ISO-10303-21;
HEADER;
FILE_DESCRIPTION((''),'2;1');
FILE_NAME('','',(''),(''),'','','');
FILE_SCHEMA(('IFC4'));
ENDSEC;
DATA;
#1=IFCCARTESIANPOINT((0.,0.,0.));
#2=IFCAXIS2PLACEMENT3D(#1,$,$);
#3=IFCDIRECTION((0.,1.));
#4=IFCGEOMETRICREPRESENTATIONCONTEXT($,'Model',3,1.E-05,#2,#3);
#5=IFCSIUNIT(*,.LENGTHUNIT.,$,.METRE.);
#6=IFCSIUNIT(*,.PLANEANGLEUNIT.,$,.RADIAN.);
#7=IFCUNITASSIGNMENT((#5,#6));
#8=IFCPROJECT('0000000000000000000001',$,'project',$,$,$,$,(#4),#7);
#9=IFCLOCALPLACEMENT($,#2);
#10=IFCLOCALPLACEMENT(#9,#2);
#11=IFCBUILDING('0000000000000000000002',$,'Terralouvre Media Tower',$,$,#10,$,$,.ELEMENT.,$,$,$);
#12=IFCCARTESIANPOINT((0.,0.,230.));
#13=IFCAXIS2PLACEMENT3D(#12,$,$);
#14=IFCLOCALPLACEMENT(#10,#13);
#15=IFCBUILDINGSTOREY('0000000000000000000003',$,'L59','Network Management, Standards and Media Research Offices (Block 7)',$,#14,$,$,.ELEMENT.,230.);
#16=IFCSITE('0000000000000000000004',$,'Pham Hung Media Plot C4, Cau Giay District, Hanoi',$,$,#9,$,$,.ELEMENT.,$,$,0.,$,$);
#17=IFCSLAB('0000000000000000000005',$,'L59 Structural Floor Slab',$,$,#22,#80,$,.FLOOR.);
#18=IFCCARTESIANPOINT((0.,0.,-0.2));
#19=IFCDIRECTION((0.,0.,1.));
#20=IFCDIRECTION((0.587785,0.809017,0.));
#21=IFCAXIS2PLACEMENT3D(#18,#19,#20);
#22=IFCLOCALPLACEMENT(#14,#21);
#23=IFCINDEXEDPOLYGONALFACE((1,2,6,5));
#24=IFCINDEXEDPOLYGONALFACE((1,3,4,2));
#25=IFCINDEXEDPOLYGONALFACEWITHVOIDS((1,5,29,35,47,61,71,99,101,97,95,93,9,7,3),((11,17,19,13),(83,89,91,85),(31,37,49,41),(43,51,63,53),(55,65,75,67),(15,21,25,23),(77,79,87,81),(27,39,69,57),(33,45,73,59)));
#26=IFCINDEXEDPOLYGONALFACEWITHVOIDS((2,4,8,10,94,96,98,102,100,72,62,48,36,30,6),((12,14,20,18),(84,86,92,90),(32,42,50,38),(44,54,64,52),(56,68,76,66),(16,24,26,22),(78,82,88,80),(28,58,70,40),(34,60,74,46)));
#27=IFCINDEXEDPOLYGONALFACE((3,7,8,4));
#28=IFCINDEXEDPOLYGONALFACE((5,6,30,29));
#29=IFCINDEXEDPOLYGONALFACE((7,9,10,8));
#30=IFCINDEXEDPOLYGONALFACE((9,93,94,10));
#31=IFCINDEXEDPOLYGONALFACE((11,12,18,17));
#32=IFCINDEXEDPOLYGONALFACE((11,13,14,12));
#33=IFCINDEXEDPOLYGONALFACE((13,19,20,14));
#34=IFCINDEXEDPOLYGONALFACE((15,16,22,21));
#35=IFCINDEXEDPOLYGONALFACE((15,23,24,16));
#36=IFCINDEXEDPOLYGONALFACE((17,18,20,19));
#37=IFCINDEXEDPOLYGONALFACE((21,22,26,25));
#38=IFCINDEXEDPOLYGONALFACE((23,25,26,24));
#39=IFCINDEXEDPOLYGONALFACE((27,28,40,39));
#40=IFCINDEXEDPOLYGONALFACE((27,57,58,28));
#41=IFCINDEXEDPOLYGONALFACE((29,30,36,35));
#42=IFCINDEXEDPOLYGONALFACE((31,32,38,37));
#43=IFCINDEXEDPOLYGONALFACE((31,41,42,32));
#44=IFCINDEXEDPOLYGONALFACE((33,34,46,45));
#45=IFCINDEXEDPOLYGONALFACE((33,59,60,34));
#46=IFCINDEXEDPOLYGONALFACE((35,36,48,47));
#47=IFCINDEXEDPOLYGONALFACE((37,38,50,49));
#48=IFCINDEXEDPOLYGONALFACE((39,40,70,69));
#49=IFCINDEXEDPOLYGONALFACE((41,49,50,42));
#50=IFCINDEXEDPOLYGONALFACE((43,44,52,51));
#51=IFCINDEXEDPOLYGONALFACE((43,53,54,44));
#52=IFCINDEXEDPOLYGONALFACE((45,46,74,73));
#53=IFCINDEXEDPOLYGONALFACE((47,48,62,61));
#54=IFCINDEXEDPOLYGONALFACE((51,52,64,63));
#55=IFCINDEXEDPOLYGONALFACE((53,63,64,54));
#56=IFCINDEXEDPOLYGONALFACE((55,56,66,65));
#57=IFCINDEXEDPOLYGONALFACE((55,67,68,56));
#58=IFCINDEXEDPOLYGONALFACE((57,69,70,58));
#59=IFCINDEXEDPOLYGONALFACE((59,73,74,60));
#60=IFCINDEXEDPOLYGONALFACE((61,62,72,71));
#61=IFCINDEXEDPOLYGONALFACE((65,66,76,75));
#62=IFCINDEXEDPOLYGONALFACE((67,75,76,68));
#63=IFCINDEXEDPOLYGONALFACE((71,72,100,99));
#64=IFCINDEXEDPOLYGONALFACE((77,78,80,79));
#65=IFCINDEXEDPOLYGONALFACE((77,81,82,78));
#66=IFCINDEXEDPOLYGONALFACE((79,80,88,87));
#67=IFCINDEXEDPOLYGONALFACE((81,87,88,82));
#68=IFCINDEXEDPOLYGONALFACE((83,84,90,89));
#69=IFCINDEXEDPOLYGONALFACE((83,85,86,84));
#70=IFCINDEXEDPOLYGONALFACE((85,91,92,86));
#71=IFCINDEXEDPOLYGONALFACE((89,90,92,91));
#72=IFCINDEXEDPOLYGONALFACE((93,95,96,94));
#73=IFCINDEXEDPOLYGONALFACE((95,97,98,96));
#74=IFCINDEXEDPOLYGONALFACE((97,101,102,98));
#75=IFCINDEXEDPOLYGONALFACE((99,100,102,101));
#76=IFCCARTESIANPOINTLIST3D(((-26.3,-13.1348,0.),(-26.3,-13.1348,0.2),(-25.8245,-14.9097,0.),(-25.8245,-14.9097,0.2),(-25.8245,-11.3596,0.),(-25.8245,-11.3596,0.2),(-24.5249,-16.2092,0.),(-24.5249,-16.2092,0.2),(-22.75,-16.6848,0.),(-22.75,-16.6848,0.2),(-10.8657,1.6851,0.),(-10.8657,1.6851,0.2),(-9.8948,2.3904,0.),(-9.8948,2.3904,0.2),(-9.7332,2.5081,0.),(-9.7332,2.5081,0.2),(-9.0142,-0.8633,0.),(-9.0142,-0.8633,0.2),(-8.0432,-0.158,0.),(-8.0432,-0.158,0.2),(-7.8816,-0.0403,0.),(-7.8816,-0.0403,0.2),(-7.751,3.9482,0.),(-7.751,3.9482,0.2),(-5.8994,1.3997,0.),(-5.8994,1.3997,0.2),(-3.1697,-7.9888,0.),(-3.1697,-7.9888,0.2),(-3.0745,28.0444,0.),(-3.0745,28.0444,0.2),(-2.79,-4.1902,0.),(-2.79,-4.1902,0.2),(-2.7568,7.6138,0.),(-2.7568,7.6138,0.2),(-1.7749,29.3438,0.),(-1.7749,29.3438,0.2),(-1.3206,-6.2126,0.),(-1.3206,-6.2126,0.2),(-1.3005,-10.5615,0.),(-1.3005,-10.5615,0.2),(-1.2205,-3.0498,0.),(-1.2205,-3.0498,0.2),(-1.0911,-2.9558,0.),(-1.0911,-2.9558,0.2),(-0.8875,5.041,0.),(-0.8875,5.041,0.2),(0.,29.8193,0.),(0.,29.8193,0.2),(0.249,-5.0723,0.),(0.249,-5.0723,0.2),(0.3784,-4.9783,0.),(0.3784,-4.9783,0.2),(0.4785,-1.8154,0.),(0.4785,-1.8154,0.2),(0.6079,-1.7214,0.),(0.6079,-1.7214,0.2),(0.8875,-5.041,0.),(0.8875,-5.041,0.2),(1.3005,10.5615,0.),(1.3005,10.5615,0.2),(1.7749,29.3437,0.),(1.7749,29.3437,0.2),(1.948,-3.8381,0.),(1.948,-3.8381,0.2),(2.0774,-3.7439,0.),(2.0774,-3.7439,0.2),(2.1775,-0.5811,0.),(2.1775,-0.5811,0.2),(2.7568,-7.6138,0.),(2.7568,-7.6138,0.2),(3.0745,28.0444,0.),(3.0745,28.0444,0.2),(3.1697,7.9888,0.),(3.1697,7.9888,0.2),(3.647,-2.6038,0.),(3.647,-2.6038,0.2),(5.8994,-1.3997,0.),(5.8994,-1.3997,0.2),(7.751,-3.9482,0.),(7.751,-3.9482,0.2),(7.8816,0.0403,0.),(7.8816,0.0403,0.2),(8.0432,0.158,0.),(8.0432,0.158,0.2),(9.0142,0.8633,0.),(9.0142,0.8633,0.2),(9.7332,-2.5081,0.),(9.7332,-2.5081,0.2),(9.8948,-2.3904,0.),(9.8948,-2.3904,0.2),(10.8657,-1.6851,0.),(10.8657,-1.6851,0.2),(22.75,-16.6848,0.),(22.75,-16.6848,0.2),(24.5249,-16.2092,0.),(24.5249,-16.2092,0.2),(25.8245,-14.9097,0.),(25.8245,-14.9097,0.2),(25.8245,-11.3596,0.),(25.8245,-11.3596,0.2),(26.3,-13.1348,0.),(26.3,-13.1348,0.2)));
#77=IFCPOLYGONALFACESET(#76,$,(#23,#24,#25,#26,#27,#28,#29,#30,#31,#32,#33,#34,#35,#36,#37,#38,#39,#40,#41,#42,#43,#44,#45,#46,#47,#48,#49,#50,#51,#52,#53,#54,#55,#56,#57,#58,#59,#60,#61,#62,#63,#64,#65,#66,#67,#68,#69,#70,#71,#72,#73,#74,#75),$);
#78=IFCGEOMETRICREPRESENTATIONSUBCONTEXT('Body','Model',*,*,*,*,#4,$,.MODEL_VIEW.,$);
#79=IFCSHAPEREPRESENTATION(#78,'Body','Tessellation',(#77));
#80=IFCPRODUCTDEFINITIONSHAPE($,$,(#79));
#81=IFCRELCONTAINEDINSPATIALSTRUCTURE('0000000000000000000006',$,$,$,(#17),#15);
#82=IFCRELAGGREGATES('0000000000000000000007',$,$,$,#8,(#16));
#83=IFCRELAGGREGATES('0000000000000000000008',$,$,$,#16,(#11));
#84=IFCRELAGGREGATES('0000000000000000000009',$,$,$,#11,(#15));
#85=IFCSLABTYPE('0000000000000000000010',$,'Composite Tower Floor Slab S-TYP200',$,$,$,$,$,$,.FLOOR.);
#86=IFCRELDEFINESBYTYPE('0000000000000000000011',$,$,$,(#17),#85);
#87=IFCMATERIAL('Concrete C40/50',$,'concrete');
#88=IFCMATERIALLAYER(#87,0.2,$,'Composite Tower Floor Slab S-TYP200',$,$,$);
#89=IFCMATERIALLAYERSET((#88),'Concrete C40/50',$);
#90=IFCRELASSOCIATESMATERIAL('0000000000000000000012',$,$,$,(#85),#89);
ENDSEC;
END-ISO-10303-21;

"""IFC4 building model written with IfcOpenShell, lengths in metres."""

from ifc_helpers import new_model, si_unit, direction, frame, origin, place, context, subcontext, project, spatial, polyline, outline, extrude, material, layer, layer_set, type_object, element, save


model = new_model("IFC4")

# Units and contexts
model_context = context("Model", 3, precision=1e-05, world=origin(), true_north=direction((0.0, 1.0)))
body_context = subcontext(model_context, "Body", "Model", "MODEL_VIEW")
ifc_project = project(units=[si_unit("LENGTHUNIT", "METRE"), si_unit("PLANEANGLEUNIT", "RADIAN")], contexts=[model_context])

# Site, building, storey
site_placement = place(None, origin())
site = spatial("IfcSite", under=ifc_project, at=site_placement, Name="Pham Hung Media Plot C4, Cau Giay District, Hanoi", CompositionType="ELEMENT", RefElevation=0.0)
building_placement = place(site_placement, origin())
building = spatial("IfcBuilding", under=site, at=building_placement, Name="Terralouvre Media Tower", CompositionType="ELEMENT")
storey_placement = place(building_placement, frame((0.0, 0.0, 230.0)))
storey = spatial("IfcBuildingStorey", under=building, at=storey_placement, Name="L59", Description="Network Management, Standards and Media Research Offices (Block 7)", CompositionType="ELEMENT", Elevation=230.0)

# Slab
ifc_material_1 = material(Name="Concrete C40/50", Category="concrete")
ifc_layer_1 = layer(ifc_material_1, 0.2, Name="Composite Tower Floor Slab S-TYP200")
ifc_layer_set_1 = layer_set([ifc_layer_1], Name="Concrete C40/50")
slab_type = type_object("IfcSlabType", Name="Composite Tower Floor Slab S-TYP200", PredefinedType="FLOOR", material=ifc_layer_set_1)
slab_placement = place(storey_placement, frame((0.0, 0.0, -0.2), z_axis=(0.0, 0.0, 1.0), x_axis=(0.587785, 0.809017, 0.0)))
element("IfcSlab", 1, at=slab_placement, inside=storey, type_object=slab_type, Name="L59 Structural Floor Slab", PredefinedType="FLOOR", context=body_context, shape_type="SweptSolid", body=[
    extrude(outline(polyline([(-25.8245, -11.3596), (-26.3, -13.1348), (-25.8245, -14.9097), (-24.5249, -16.2092), (-22.75, -16.6848), (22.75, -16.6848), (24.5249, -16.2092), (25.8245, -14.9097), (26.3, -13.1348), (25.8245, -11.3596), (3.0745, 28.0444), (1.7749, 29.3438), (0.0, 29.8193), (-1.7749, 29.3438), (-3.0745, 28.0444), (-25.8245, -11.3596)]), holes=[polyline([(-8.0432, -0.158), (-9.0142, -0.8633), (-10.8657, 1.6851), (-9.8948, 2.3904), (-8.0432, -0.158)]), polyline([(-5.8994, 1.3997), (-7.8816, -0.0403), (-9.7332, 2.5081), (-7.751, 3.9482), (-5.8994, 1.3997)]), polyline([(-3.1697, -7.9888), (0.8875, -5.041), (2.7568, -7.6138), (-1.3005, -10.5615), (-3.1697, -7.9888)]), polyline([(0.249, -5.0723), (-1.3206, -6.2126), (-2.79, -4.1902), (-1.2205, -3.0498), (0.249, -5.0723)]), polyline([(1.948, -3.8381), (0.3784, -4.9783), (-1.0911, -2.9558), (0.4785, -1.8154), (1.948, -3.8381)]), polyline([(3.647, -2.6038), (2.0774, -3.7439), (0.6079, -1.7214), (2.1775, -0.5811), (3.647, -2.6038)]), polyline([(3.1697, 7.9888), (-0.8875, 5.041), (-2.7568, 7.6138), (1.3005, 10.5615), (3.1697, 7.9888)]), polyline([(7.751, -3.9482), (5.8994, -1.3997), (7.8816, 0.0403), (9.7332, -2.5081), (7.751, -3.9482)]), polyline([(9.8948, -2.3904), (8.0432, 0.158), (9.0142, 0.8633), (10.8657, -1.6851), (9.8948, -2.3904)])]), origin(), (0.0, 0.0, 1.0), 0.2),
])

save(model, "model.ifc")
